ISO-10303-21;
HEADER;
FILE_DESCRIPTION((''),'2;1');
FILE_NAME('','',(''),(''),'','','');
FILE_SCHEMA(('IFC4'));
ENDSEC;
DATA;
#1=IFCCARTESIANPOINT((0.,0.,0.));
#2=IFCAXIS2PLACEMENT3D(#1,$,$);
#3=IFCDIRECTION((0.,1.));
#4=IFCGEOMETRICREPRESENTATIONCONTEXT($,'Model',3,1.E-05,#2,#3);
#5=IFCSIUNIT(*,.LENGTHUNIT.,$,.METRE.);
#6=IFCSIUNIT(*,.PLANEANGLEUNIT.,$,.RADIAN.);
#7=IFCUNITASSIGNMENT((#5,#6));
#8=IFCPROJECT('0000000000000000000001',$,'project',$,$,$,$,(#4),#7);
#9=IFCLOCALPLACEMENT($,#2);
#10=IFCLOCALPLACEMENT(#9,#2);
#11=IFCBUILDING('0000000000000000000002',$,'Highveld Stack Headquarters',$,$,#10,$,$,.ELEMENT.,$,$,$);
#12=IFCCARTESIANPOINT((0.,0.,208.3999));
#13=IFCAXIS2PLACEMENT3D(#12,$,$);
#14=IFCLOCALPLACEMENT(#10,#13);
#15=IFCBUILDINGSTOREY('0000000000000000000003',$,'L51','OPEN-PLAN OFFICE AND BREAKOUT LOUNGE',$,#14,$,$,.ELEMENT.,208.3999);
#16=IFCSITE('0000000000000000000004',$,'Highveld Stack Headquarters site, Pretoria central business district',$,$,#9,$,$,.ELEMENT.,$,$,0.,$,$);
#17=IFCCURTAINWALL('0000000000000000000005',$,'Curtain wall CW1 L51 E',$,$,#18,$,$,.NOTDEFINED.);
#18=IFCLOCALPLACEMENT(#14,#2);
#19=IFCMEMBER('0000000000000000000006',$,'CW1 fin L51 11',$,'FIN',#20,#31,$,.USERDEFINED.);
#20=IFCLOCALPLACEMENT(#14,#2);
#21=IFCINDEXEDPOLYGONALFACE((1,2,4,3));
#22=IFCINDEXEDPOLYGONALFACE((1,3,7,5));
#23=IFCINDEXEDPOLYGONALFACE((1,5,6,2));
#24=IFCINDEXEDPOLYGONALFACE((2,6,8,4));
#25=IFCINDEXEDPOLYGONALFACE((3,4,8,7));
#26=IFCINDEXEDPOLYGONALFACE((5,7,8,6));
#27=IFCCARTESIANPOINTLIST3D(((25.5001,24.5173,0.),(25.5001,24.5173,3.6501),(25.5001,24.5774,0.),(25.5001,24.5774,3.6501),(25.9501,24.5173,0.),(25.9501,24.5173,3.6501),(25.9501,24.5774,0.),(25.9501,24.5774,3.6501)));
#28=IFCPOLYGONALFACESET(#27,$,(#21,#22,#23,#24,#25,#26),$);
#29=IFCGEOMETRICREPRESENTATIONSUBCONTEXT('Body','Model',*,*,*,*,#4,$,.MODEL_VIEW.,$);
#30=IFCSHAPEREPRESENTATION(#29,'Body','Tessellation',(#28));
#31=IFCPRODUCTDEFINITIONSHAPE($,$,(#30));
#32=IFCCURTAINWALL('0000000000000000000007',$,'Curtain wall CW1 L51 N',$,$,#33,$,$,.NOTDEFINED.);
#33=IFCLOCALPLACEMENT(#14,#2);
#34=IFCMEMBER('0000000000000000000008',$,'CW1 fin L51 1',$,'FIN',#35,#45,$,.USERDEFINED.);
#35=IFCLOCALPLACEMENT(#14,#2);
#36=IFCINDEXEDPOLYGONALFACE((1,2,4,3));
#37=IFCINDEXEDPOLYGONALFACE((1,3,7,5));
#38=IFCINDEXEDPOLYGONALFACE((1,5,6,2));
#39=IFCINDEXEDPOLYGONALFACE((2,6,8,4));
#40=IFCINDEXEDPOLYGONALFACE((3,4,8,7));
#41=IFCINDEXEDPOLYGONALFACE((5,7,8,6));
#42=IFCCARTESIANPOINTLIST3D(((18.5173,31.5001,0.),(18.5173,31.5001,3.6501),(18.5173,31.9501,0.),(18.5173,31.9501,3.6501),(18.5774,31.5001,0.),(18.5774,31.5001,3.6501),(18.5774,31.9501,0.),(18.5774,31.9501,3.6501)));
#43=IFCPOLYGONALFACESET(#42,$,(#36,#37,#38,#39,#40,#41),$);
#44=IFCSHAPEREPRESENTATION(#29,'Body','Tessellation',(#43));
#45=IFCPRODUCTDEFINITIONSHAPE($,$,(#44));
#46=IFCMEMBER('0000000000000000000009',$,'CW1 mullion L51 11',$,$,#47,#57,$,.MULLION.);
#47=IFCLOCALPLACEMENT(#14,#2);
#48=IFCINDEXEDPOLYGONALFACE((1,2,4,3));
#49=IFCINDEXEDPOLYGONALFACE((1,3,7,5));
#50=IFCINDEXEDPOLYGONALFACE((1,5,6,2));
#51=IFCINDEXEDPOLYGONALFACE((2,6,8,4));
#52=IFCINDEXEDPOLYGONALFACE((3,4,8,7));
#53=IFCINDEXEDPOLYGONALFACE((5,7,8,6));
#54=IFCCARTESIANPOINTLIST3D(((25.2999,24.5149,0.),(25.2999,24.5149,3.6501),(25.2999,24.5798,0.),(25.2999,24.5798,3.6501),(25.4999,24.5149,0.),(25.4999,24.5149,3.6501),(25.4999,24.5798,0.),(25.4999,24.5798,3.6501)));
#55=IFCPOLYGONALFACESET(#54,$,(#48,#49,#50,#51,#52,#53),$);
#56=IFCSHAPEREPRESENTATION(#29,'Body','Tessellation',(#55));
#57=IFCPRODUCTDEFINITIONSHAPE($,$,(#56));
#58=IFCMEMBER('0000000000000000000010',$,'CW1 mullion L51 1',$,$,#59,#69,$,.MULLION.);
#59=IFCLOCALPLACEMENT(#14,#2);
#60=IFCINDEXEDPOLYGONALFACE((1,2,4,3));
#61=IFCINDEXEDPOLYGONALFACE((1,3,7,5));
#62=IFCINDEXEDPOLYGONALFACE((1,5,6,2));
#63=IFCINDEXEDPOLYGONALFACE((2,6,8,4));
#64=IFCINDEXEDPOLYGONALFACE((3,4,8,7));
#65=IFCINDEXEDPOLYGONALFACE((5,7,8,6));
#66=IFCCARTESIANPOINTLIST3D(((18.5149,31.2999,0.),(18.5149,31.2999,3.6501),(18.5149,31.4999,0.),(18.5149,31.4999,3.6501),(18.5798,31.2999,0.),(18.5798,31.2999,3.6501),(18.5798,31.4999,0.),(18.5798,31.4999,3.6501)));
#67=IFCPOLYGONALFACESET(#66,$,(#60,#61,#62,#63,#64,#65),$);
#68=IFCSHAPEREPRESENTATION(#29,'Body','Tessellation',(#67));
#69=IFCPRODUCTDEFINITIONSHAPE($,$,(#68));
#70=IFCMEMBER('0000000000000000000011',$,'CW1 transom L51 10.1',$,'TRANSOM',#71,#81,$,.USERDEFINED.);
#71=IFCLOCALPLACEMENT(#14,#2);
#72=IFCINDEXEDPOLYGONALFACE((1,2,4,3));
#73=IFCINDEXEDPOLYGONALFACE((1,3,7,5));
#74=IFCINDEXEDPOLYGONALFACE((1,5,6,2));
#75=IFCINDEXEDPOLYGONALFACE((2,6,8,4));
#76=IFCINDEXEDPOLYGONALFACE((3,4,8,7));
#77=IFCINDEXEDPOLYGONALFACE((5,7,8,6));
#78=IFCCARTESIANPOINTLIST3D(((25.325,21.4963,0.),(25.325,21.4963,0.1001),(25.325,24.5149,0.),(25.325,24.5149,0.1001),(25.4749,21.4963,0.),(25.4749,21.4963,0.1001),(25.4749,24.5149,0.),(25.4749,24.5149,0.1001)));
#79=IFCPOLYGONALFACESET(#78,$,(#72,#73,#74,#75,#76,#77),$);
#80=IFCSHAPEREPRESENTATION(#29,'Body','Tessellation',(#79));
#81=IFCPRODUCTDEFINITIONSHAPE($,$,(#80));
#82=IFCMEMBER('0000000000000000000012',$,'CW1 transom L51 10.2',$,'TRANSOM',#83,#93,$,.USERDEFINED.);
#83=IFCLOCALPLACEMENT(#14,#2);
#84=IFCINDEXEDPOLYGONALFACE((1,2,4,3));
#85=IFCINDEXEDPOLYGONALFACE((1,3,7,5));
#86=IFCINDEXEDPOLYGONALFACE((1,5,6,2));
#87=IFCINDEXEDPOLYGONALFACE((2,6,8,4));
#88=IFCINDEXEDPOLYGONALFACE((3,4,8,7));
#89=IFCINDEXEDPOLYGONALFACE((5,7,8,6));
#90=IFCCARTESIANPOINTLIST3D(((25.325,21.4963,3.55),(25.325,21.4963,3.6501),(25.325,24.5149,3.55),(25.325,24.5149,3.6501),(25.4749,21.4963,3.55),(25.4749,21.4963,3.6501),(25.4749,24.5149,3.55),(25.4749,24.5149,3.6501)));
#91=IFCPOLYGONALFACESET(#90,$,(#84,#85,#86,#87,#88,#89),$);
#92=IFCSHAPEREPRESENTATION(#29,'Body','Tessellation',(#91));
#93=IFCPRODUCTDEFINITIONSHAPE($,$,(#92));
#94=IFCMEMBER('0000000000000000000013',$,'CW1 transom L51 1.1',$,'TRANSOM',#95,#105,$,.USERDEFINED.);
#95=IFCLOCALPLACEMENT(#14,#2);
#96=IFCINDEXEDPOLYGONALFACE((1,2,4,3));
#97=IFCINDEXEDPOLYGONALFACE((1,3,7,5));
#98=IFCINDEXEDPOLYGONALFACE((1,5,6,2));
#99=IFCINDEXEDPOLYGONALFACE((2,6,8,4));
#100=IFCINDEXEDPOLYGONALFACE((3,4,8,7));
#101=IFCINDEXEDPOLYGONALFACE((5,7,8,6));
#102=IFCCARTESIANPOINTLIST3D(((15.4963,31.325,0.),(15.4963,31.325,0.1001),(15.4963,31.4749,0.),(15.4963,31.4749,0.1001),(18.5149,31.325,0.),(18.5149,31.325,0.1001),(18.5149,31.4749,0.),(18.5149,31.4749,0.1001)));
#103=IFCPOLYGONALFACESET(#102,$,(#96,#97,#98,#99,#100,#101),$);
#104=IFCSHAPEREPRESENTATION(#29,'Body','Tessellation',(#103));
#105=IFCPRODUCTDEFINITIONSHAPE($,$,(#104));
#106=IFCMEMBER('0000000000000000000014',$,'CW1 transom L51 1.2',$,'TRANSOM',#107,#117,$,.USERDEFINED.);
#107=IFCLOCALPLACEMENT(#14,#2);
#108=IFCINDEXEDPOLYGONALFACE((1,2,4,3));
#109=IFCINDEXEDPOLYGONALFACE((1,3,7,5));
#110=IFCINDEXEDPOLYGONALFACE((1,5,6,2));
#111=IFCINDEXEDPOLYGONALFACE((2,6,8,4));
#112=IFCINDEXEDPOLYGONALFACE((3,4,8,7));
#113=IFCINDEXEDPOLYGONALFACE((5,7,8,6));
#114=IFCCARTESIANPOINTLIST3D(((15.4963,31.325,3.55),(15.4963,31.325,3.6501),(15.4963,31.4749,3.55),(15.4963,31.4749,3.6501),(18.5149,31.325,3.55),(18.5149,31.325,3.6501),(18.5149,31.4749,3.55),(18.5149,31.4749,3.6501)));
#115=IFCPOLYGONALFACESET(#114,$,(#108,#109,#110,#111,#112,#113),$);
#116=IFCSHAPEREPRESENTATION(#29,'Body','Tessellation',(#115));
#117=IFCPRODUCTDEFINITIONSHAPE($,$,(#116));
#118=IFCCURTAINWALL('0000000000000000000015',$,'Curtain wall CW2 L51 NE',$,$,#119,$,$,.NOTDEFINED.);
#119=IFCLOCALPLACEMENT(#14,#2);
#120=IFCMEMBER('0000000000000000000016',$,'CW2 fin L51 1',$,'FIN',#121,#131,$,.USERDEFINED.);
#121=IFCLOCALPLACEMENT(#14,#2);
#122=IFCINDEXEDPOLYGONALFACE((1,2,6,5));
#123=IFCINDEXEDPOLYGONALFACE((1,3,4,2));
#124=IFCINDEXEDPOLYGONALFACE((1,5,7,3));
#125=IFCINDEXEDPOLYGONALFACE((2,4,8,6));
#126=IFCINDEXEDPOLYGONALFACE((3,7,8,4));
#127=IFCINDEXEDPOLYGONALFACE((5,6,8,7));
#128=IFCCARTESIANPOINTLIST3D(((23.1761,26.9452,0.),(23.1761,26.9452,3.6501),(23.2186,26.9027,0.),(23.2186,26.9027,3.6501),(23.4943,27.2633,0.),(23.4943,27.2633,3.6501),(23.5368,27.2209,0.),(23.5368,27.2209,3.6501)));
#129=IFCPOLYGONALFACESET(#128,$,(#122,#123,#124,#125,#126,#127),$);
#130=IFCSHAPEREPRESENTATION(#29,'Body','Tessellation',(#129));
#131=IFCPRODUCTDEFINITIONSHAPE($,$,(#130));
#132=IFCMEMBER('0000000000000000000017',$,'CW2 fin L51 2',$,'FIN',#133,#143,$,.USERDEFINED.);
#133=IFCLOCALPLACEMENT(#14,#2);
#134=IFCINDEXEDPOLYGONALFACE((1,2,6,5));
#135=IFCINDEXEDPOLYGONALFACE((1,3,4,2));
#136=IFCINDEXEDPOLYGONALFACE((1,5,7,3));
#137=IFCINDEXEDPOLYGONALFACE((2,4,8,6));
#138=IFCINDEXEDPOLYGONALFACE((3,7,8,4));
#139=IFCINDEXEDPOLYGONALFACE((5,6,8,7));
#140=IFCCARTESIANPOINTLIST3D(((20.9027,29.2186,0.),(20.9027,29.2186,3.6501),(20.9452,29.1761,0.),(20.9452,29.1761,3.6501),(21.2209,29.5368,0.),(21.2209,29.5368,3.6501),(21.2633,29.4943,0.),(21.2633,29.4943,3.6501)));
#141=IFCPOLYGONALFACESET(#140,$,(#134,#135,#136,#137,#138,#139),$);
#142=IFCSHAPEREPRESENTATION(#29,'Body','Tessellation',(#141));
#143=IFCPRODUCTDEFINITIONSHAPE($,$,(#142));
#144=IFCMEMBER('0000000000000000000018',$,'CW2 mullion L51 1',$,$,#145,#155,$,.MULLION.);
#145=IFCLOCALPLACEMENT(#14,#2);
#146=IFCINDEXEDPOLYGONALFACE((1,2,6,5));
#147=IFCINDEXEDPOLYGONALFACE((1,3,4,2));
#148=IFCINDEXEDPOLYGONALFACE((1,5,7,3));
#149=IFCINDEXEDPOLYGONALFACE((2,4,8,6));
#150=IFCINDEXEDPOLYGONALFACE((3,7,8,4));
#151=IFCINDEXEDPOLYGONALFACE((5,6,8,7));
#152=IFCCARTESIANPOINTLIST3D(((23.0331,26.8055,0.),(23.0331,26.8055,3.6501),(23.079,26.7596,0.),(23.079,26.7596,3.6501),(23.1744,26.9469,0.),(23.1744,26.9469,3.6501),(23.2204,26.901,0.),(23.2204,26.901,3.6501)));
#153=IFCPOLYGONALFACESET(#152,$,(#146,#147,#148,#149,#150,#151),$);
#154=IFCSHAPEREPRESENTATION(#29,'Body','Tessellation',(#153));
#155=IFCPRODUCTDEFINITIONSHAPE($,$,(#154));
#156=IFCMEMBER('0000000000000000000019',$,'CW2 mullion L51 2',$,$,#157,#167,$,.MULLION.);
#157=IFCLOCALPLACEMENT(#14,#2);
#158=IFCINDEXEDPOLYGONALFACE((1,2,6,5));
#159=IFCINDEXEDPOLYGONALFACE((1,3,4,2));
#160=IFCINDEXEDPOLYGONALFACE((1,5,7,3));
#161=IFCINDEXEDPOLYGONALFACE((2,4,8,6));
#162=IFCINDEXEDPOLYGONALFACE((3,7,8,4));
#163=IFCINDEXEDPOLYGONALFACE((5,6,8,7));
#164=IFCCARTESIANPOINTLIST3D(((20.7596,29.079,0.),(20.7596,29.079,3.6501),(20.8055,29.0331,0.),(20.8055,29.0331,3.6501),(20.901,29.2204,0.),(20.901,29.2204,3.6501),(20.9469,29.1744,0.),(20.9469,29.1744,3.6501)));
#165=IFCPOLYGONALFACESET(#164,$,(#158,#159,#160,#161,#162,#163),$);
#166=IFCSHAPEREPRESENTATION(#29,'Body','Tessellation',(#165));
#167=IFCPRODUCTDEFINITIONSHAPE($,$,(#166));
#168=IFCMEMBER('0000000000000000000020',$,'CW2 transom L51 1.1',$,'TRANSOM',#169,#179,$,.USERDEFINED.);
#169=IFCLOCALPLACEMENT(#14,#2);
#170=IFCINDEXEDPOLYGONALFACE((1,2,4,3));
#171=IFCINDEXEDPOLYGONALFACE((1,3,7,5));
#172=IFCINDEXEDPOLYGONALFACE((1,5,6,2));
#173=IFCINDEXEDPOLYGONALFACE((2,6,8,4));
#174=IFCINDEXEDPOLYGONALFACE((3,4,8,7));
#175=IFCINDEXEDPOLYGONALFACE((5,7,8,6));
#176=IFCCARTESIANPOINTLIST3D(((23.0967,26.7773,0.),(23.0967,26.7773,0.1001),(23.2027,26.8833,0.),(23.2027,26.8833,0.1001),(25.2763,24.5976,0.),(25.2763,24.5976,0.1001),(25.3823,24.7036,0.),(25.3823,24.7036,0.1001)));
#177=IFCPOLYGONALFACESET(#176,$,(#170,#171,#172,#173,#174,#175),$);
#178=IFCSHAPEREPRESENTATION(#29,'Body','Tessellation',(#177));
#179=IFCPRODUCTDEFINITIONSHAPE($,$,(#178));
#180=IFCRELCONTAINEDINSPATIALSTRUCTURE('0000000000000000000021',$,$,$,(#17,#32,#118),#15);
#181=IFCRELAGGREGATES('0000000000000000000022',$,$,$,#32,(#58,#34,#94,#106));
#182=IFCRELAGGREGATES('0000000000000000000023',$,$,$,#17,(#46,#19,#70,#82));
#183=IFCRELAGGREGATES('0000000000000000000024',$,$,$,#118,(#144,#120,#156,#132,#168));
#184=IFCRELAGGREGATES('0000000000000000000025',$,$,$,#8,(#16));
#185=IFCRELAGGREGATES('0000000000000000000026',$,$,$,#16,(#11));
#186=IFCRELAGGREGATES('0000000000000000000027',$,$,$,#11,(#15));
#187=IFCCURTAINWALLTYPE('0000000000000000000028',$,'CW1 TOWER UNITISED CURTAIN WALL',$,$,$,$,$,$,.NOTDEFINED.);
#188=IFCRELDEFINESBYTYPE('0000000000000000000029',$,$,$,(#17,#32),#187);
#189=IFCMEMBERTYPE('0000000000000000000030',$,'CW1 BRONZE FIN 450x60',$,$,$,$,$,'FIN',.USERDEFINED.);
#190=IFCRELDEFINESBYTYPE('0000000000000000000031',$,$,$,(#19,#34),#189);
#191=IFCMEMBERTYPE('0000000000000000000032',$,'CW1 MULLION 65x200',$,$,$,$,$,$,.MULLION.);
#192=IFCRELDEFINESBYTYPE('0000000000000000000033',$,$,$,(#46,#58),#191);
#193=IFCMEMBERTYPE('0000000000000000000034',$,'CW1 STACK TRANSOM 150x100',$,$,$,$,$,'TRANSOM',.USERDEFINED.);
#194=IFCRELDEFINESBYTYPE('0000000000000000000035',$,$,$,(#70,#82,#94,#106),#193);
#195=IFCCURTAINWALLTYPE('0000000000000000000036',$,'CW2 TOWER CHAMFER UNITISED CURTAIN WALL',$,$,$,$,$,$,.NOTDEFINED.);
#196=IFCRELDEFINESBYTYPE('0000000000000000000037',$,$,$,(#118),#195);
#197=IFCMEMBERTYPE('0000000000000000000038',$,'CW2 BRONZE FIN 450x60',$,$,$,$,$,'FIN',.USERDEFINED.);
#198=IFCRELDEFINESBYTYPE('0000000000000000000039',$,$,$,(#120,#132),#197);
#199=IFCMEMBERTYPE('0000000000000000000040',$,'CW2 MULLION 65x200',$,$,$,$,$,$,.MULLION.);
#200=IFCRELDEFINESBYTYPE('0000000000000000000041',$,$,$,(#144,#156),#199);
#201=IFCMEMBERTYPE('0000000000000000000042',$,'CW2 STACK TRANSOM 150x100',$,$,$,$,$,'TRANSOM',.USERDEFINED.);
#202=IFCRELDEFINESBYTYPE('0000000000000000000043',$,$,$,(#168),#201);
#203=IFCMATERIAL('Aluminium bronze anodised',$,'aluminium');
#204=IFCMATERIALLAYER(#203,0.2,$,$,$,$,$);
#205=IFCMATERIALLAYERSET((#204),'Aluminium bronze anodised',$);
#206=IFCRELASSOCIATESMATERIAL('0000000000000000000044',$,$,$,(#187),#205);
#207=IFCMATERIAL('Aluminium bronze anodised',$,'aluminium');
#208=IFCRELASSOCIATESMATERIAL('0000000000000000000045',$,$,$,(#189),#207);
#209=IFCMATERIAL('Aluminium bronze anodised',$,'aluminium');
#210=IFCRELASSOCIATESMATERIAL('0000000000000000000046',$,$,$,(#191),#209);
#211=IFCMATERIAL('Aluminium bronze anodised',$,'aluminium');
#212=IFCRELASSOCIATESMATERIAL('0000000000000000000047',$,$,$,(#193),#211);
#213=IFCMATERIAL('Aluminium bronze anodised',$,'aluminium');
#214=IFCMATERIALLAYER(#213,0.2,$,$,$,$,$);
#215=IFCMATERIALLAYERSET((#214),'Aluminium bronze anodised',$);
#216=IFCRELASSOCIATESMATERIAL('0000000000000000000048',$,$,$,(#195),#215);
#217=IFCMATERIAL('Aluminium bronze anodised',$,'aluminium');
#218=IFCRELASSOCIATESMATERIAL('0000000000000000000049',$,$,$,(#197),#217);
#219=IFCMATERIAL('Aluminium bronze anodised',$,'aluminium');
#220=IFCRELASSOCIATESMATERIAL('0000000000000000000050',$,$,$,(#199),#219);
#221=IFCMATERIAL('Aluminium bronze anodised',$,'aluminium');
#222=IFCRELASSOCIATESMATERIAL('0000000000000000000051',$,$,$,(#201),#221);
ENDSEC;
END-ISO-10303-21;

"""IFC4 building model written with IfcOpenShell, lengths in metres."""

from ifc_helpers import new_model, si_unit, direction, frame, origin, origin_2d, place, context, subcontext, project, spatial, rectangle, extrude, material, layer, layer_set, material_profile, profile_set, type_object, element, aggregate, save


model = new_model("IFC4")

# Units and contexts
model_context = context("Model", 3, precision=1e-05, world=origin(), true_north=direction((0.0, 1.0)))
body_context = subcontext(model_context, "Body", "Model", "MODEL_VIEW")
ifc_project = project(units=[si_unit("LENGTHUNIT", "METRE"), si_unit("PLANEANGLEUNIT", "RADIAN")], contexts=[model_context])

# Site, building, storey
site_placement = place(None, origin())
site = spatial("IfcSite", under=ifc_project, at=site_placement, Name="Highveld Stack Headquarters site, Pretoria central business district", CompositionType="ELEMENT", RefElevation=0.0)
building_placement = place(site_placement, origin())
building = spatial("IfcBuilding", under=site, at=building_placement, Name="Highveld Stack Headquarters", CompositionType="ELEMENT")
storey_placement = place(building_placement, frame((0.0, 0.0, 208.3999)))
storey = spatial("IfcBuildingStorey", under=building, at=storey_placement, Name="L51", Description="OPEN-PLAN OFFICE AND BREAKOUT LOUNGE", CompositionType="ELEMENT", Elevation=208.3999)

# Curtain walls, members
ifc_material_1 = material(Name="Aluminium bronze anodised", Category="aluminium")
ifc_layer_1 = layer(ifc_material_1, 0.2)
ifc_layer_set_1 = layer_set([ifc_layer_1], Name="Aluminium bronze anodised")
curtain_wall_type_1 = type_object("IfcCurtainWallType", Name="CW1 TOWER UNITISED CURTAIN WALL", PredefinedType="NOTDEFINED", material=ifc_layer_set_1)
curtain_wall_1_placement = place(storey_placement, origin())
curtain_wall_1 = element("IfcCurtainWall", 1, at=curtain_wall_1_placement, inside=storey, type_object=curtain_wall_type_1, Name="Curtain wall CW1 L51 E", PredefinedType="NOTDEFINED")
ifc_material_2 = material(Name="Aluminium bronze anodised", Category="aluminium")
ifc_material_profile_1 = material_profile(ifc_material_2, rectangle(XDim=0.45, YDim=0.0601, at=origin_2d()), Name="FIN 450x60")
ifc_profile_set_1 = profile_set([ifc_material_profile_1], Name="Aluminium bronze anodised")
member_type_1 = type_object("IfcMemberType", Name="CW1 BRONZE FIN 450x60", ElementType="FIN", PredefinedType="USERDEFINED", material=ifc_profile_set_1)
member_1_placement = place(storey_placement, frame((25.7251, 24.5474, 0.0), z_axis=(0.0, 0.0, 1.0), x_axis=(-1.0, 0.0, 0.0)))
member_1 = element("IfcMember", 2, at=member_1_placement, type_object=member_type_1, Name="CW1 fin L51 11", ObjectType="FIN", PredefinedType="USERDEFINED", context=body_context, shape_type="SweptSolid", body=[
    extrude(rectangle(XDim=0.45, YDim=0.0601, at=origin_2d()), origin(), (0.0, 0.0, 1.0), 3.6501),
])
curtain_wall_2_placement = place(storey_placement, origin())
curtain_wall_2 = element("IfcCurtainWall", 3, at=curtain_wall_2_placement, inside=storey, type_object=curtain_wall_type_1, Name="Curtain wall CW1 L51 N", PredefinedType="NOTDEFINED")
member_2_placement = place(storey_placement, frame((18.5474, 31.7251, 0.0), z_axis=(0.0, 0.0, 1.0), x_axis=(0.0, -1.0, 0.0)))
member_2 = element("IfcMember", 4, at=member_2_placement, type_object=member_type_1, Name="CW1 fin L51 1", ObjectType="FIN", PredefinedType="USERDEFINED", context=body_context, shape_type="SweptSolid", body=[
    extrude(rectangle(XDim=0.45, YDim=0.0601, at=origin_2d()), origin(), (0.0, 0.0, 1.0), 3.6501),
])

# Members
ifc_material_3 = material(Name="Aluminium bronze anodised", Category="aluminium")
ifc_material_profile_2 = material_profile(ifc_material_3, rectangle(XDim=0.2, YDim=0.0649, at=origin_2d()), Name="CW1 MULLION 65x200")
ifc_profile_set_2 = profile_set([ifc_material_profile_2], Name="Aluminium bronze anodised")
member_type_2 = type_object("IfcMemberType", Name="CW1 MULLION 65x200", PredefinedType="MULLION", material=ifc_profile_set_2)
member_3_placement = place(storey_placement, frame((25.3999, 24.5474, 0.0), z_axis=(0.0, 0.0, 1.0), x_axis=(-1.0, 0.0, 0.0)))
member_3 = element("IfcMember", 5, at=member_3_placement, type_object=member_type_2, Name="CW1 mullion L51 11", PredefinedType="MULLION", context=body_context, shape_type="SweptSolid", body=[
    extrude(rectangle(XDim=0.2, YDim=0.0649, at=origin_2d()), origin(), (0.0, 0.0, 1.0), 3.6501),
])
member_4_placement = place(storey_placement, frame((18.5474, 31.3999, 0.0), z_axis=(0.0, 0.0, 1.0), x_axis=(0.0, -1.0, 0.0)))
member_4 = element("IfcMember", 6, at=member_4_placement, type_object=member_type_2, Name="CW1 mullion L51 1", PredefinedType="MULLION", context=body_context, shape_type="SweptSolid", body=[
    extrude(rectangle(XDim=0.2, YDim=0.0649, at=origin_2d()), origin(), (0.0, 0.0, 1.0), 3.6501),
])
ifc_material_4 = material(Name="Aluminium bronze anodised", Category="aluminium")
ifc_material_profile_3 = material_profile(ifc_material_4, rectangle(XDim=0.1499, YDim=0.1001, at=origin_2d()), Name="CW1 TRANSOM 150x100")
ifc_profile_set_3 = profile_set([ifc_material_profile_3], Name="Aluminium bronze anodised")
member_type_3 = type_object("IfcMemberType", Name="CW1 STACK TRANSOM 150x100", ElementType="TRANSOM", PredefinedType="USERDEFINED", material=ifc_profile_set_3)
member_5_placement = place(storey_placement, frame((25.3999, 21.4963, 0.05), z_axis=(0.0, 1.0, 0.0), x_axis=(-1.0, 0.0, 0.0)))
member_5 = element("IfcMember", 7, at=member_5_placement, type_object=member_type_3, Name="CW1 transom L51 10.1", ObjectType="TRANSOM", PredefinedType="USERDEFINED", context=body_context, shape_type="SweptSolid", body=[
    extrude(rectangle(XDim=0.1499, YDim=0.1001, at=origin_2d()), origin(), (0.0, 0.0, 1.0), 3.0186),
])
member_6_placement = place(storey_placement, frame((25.3999, 21.4963, 3.6001), z_axis=(0.0, 1.0, 0.0), x_axis=(-1.0, 0.0, 0.0)))
member_6 = element("IfcMember", 8, at=member_6_placement, type_object=member_type_3, Name="CW1 transom L51 10.2", ObjectType="TRANSOM", PredefinedType="USERDEFINED", context=body_context, shape_type="SweptSolid", body=[
    extrude(rectangle(XDim=0.1499, YDim=0.1001, at=origin_2d()), origin(), (0.0, 0.0, 1.0), 3.0186),
])
member_7_placement = place(storey_placement, frame((18.5149, 31.3999, 0.05), z_axis=(-1.0, 0.0, 0.0), x_axis=(0.0, -1.0, 0.0)))
member_7 = element("IfcMember", 9, at=member_7_placement, type_object=member_type_3, Name="CW1 transom L51 1.1", ObjectType="TRANSOM", PredefinedType="USERDEFINED", context=body_context, shape_type="SweptSolid", body=[
    extrude(rectangle(XDim=0.1499, YDim=0.1001, at=origin_2d()), origin(), (0.0, 0.0, 1.0), 3.0186),
])
member_8_placement = place(storey_placement, frame((18.5149, 31.3999, 3.6001), z_axis=(-1.0, 0.0, 0.0), x_axis=(0.0, -1.0, 0.0)))
member_8 = element("IfcMember", 10, at=member_8_placement, type_object=member_type_3, Name="CW1 transom L51 1.2", ObjectType="TRANSOM", PredefinedType="USERDEFINED", context=body_context, shape_type="SweptSolid", body=[
    extrude(rectangle(XDim=0.1499, YDim=0.1001, at=origin_2d()), origin(), (0.0, 0.0, 1.0), 3.0186),
])
aggregate(curtain_wall_2, [member_4, member_2, member_7, member_8])

# Curtain wall, members
ifc_material_5 = material(Name="Aluminium bronze anodised", Category="aluminium")
ifc_layer_2 = layer(ifc_material_5, 0.2)
ifc_layer_set_2 = layer_set([ifc_layer_2], Name="Aluminium bronze anodised")
curtain_wall_type_2 = type_object("IfcCurtainWallType", Name="CW2 TOWER CHAMFER UNITISED CURTAIN WALL", PredefinedType="NOTDEFINED", material=ifc_layer_set_2)
curtain_wall_3_placement = place(storey_placement, origin())
curtain_wall_3 = element("IfcCurtainWall", 11, at=curtain_wall_3_placement, inside=storey, type_object=curtain_wall_type_2, Name="Curtain wall CW2 L51 NE", PredefinedType="NOTDEFINED")
ifc_material_6 = material(Name="Aluminium bronze anodised", Category="aluminium")
ifc_material_profile_4 = material_profile(ifc_material_6, rectangle(XDim=0.45, YDim=0.0601, at=origin_2d()), Name="FIN 450x60")
ifc_profile_set_4 = profile_set([ifc_material_profile_4], Name="Aluminium bronze anodised")
member_type_4 = type_object("IfcMemberType", Name="CW2 BRONZE FIN 450x60", ElementType="FIN", PredefinedType="USERDEFINED", material=ifc_profile_set_4)
member_9_placement = place(storey_placement, frame((23.3564, 27.083, 0.0), z_axis=(0.0, 0.0, 1.0), x_axis=(-0.707107, -0.707107, 0.0)))
member_9 = element("IfcMember", 12, at=member_9_placement, type_object=member_type_4, Name="CW2 fin L51 1", ObjectType="FIN", PredefinedType="USERDEFINED", context=body_context, shape_type="SweptSolid", body=[
    extrude(rectangle(XDim=0.45, YDim=0.0601, at=origin_2d()), origin(), (0.0, 0.0, 1.0), 3.6501),
])
member_10_placement = place(storey_placement, frame((21.083, 29.3564, 0.0), z_axis=(0.0, 0.0, 1.0), x_axis=(-0.707107, -0.707107, 0.0)))
member_10 = element("IfcMember", 13, at=member_10_placement, type_object=member_type_4, Name="CW2 fin L51 2", ObjectType="FIN", PredefinedType="USERDEFINED", context=body_context, shape_type="SweptSolid", body=[
    extrude(rectangle(XDim=0.45, YDim=0.0601, at=origin_2d()), origin(), (0.0, 0.0, 1.0), 3.6501),
])
ifc_material_7 = material(Name="Aluminium bronze anodised", Category="aluminium")
ifc_material_profile_5 = material_profile(ifc_material_7, rectangle(XDim=0.2, YDim=0.0649, at=origin_2d()), Name="CW2 MULLION 65x200")
ifc_profile_set_5 = profile_set([ifc_material_profile_5], Name="Aluminium bronze anodised")
member_type_5 = type_object("IfcMemberType", Name="CW2 MULLION 65x200", PredefinedType="MULLION", material=ifc_profile_set_5)
member_11_placement = place(storey_placement, frame((23.1267, 26.8533, 0.0), z_axis=(0.0, 0.0, 1.0), x_axis=(-0.707107, -0.707107, 0.0)))
member_11 = element("IfcMember", 14, at=member_11_placement, type_object=member_type_5, Name="CW2 mullion L51 1", PredefinedType="MULLION", context=body_context, shape_type="SweptSolid", body=[
    extrude(rectangle(XDim=0.2, YDim=0.0649, at=origin_2d()), origin(), (0.0, 0.0, 1.0), 3.6501),
])
member_12_placement = place(storey_placement, frame((20.8533, 29.1267, 0.0), z_axis=(0.0, 0.0, 1.0), x_axis=(-0.707107, -0.707107, 0.0)))
member_12 = element("IfcMember", 15, at=member_12_placement, type_object=member_type_5, Name="CW2 mullion L51 2", PredefinedType="MULLION", context=body_context, shape_type="SweptSolid", body=[
    extrude(rectangle(XDim=0.2, YDim=0.0649, at=origin_2d()), origin(), (0.0, 0.0, 1.0), 3.6501),
])
ifc_material_8 = material(Name="Aluminium bronze anodised", Category="aluminium")
ifc_material_profile_6 = material_profile(ifc_material_8, rectangle(XDim=0.1499, YDim=0.1001, at=origin_2d()), Name="CW2 TRANSOM 150x100")
ifc_profile_set_6 = profile_set([ifc_material_profile_6], Name="Aluminium bronze anodised")
member_type_6 = type_object("IfcMemberType", Name="CW2 STACK TRANSOM 150x100", ElementType="TRANSOM", PredefinedType="USERDEFINED", material=ifc_profile_set_6)
member_13_placement = place(storey_placement, frame((25.3293, 24.6506, 0.05), z_axis=(-0.707107, 0.707107, 0.0), x_axis=(-0.707107, -0.707107, 0.0)))
member_13 = element("IfcMember", 16, at=member_13_placement, type_object=member_type_6, Name="CW2 transom L51 1.1", ObjectType="TRANSOM", PredefinedType="USERDEFINED", context=body_context, shape_type="SweptSolid", body=[
    extrude(rectangle(XDim=0.1499, YDim=0.1001, at=origin_2d()), origin(), (0.0, 0.0, 1.0), 3.0825),
])

aggregate(curtain_wall_1, [member_3, member_1, member_5, member_6])
aggregate(curtain_wall_3, [member_11, member_9, member_12, member_10, member_13])

save(model, "model.ifc")
